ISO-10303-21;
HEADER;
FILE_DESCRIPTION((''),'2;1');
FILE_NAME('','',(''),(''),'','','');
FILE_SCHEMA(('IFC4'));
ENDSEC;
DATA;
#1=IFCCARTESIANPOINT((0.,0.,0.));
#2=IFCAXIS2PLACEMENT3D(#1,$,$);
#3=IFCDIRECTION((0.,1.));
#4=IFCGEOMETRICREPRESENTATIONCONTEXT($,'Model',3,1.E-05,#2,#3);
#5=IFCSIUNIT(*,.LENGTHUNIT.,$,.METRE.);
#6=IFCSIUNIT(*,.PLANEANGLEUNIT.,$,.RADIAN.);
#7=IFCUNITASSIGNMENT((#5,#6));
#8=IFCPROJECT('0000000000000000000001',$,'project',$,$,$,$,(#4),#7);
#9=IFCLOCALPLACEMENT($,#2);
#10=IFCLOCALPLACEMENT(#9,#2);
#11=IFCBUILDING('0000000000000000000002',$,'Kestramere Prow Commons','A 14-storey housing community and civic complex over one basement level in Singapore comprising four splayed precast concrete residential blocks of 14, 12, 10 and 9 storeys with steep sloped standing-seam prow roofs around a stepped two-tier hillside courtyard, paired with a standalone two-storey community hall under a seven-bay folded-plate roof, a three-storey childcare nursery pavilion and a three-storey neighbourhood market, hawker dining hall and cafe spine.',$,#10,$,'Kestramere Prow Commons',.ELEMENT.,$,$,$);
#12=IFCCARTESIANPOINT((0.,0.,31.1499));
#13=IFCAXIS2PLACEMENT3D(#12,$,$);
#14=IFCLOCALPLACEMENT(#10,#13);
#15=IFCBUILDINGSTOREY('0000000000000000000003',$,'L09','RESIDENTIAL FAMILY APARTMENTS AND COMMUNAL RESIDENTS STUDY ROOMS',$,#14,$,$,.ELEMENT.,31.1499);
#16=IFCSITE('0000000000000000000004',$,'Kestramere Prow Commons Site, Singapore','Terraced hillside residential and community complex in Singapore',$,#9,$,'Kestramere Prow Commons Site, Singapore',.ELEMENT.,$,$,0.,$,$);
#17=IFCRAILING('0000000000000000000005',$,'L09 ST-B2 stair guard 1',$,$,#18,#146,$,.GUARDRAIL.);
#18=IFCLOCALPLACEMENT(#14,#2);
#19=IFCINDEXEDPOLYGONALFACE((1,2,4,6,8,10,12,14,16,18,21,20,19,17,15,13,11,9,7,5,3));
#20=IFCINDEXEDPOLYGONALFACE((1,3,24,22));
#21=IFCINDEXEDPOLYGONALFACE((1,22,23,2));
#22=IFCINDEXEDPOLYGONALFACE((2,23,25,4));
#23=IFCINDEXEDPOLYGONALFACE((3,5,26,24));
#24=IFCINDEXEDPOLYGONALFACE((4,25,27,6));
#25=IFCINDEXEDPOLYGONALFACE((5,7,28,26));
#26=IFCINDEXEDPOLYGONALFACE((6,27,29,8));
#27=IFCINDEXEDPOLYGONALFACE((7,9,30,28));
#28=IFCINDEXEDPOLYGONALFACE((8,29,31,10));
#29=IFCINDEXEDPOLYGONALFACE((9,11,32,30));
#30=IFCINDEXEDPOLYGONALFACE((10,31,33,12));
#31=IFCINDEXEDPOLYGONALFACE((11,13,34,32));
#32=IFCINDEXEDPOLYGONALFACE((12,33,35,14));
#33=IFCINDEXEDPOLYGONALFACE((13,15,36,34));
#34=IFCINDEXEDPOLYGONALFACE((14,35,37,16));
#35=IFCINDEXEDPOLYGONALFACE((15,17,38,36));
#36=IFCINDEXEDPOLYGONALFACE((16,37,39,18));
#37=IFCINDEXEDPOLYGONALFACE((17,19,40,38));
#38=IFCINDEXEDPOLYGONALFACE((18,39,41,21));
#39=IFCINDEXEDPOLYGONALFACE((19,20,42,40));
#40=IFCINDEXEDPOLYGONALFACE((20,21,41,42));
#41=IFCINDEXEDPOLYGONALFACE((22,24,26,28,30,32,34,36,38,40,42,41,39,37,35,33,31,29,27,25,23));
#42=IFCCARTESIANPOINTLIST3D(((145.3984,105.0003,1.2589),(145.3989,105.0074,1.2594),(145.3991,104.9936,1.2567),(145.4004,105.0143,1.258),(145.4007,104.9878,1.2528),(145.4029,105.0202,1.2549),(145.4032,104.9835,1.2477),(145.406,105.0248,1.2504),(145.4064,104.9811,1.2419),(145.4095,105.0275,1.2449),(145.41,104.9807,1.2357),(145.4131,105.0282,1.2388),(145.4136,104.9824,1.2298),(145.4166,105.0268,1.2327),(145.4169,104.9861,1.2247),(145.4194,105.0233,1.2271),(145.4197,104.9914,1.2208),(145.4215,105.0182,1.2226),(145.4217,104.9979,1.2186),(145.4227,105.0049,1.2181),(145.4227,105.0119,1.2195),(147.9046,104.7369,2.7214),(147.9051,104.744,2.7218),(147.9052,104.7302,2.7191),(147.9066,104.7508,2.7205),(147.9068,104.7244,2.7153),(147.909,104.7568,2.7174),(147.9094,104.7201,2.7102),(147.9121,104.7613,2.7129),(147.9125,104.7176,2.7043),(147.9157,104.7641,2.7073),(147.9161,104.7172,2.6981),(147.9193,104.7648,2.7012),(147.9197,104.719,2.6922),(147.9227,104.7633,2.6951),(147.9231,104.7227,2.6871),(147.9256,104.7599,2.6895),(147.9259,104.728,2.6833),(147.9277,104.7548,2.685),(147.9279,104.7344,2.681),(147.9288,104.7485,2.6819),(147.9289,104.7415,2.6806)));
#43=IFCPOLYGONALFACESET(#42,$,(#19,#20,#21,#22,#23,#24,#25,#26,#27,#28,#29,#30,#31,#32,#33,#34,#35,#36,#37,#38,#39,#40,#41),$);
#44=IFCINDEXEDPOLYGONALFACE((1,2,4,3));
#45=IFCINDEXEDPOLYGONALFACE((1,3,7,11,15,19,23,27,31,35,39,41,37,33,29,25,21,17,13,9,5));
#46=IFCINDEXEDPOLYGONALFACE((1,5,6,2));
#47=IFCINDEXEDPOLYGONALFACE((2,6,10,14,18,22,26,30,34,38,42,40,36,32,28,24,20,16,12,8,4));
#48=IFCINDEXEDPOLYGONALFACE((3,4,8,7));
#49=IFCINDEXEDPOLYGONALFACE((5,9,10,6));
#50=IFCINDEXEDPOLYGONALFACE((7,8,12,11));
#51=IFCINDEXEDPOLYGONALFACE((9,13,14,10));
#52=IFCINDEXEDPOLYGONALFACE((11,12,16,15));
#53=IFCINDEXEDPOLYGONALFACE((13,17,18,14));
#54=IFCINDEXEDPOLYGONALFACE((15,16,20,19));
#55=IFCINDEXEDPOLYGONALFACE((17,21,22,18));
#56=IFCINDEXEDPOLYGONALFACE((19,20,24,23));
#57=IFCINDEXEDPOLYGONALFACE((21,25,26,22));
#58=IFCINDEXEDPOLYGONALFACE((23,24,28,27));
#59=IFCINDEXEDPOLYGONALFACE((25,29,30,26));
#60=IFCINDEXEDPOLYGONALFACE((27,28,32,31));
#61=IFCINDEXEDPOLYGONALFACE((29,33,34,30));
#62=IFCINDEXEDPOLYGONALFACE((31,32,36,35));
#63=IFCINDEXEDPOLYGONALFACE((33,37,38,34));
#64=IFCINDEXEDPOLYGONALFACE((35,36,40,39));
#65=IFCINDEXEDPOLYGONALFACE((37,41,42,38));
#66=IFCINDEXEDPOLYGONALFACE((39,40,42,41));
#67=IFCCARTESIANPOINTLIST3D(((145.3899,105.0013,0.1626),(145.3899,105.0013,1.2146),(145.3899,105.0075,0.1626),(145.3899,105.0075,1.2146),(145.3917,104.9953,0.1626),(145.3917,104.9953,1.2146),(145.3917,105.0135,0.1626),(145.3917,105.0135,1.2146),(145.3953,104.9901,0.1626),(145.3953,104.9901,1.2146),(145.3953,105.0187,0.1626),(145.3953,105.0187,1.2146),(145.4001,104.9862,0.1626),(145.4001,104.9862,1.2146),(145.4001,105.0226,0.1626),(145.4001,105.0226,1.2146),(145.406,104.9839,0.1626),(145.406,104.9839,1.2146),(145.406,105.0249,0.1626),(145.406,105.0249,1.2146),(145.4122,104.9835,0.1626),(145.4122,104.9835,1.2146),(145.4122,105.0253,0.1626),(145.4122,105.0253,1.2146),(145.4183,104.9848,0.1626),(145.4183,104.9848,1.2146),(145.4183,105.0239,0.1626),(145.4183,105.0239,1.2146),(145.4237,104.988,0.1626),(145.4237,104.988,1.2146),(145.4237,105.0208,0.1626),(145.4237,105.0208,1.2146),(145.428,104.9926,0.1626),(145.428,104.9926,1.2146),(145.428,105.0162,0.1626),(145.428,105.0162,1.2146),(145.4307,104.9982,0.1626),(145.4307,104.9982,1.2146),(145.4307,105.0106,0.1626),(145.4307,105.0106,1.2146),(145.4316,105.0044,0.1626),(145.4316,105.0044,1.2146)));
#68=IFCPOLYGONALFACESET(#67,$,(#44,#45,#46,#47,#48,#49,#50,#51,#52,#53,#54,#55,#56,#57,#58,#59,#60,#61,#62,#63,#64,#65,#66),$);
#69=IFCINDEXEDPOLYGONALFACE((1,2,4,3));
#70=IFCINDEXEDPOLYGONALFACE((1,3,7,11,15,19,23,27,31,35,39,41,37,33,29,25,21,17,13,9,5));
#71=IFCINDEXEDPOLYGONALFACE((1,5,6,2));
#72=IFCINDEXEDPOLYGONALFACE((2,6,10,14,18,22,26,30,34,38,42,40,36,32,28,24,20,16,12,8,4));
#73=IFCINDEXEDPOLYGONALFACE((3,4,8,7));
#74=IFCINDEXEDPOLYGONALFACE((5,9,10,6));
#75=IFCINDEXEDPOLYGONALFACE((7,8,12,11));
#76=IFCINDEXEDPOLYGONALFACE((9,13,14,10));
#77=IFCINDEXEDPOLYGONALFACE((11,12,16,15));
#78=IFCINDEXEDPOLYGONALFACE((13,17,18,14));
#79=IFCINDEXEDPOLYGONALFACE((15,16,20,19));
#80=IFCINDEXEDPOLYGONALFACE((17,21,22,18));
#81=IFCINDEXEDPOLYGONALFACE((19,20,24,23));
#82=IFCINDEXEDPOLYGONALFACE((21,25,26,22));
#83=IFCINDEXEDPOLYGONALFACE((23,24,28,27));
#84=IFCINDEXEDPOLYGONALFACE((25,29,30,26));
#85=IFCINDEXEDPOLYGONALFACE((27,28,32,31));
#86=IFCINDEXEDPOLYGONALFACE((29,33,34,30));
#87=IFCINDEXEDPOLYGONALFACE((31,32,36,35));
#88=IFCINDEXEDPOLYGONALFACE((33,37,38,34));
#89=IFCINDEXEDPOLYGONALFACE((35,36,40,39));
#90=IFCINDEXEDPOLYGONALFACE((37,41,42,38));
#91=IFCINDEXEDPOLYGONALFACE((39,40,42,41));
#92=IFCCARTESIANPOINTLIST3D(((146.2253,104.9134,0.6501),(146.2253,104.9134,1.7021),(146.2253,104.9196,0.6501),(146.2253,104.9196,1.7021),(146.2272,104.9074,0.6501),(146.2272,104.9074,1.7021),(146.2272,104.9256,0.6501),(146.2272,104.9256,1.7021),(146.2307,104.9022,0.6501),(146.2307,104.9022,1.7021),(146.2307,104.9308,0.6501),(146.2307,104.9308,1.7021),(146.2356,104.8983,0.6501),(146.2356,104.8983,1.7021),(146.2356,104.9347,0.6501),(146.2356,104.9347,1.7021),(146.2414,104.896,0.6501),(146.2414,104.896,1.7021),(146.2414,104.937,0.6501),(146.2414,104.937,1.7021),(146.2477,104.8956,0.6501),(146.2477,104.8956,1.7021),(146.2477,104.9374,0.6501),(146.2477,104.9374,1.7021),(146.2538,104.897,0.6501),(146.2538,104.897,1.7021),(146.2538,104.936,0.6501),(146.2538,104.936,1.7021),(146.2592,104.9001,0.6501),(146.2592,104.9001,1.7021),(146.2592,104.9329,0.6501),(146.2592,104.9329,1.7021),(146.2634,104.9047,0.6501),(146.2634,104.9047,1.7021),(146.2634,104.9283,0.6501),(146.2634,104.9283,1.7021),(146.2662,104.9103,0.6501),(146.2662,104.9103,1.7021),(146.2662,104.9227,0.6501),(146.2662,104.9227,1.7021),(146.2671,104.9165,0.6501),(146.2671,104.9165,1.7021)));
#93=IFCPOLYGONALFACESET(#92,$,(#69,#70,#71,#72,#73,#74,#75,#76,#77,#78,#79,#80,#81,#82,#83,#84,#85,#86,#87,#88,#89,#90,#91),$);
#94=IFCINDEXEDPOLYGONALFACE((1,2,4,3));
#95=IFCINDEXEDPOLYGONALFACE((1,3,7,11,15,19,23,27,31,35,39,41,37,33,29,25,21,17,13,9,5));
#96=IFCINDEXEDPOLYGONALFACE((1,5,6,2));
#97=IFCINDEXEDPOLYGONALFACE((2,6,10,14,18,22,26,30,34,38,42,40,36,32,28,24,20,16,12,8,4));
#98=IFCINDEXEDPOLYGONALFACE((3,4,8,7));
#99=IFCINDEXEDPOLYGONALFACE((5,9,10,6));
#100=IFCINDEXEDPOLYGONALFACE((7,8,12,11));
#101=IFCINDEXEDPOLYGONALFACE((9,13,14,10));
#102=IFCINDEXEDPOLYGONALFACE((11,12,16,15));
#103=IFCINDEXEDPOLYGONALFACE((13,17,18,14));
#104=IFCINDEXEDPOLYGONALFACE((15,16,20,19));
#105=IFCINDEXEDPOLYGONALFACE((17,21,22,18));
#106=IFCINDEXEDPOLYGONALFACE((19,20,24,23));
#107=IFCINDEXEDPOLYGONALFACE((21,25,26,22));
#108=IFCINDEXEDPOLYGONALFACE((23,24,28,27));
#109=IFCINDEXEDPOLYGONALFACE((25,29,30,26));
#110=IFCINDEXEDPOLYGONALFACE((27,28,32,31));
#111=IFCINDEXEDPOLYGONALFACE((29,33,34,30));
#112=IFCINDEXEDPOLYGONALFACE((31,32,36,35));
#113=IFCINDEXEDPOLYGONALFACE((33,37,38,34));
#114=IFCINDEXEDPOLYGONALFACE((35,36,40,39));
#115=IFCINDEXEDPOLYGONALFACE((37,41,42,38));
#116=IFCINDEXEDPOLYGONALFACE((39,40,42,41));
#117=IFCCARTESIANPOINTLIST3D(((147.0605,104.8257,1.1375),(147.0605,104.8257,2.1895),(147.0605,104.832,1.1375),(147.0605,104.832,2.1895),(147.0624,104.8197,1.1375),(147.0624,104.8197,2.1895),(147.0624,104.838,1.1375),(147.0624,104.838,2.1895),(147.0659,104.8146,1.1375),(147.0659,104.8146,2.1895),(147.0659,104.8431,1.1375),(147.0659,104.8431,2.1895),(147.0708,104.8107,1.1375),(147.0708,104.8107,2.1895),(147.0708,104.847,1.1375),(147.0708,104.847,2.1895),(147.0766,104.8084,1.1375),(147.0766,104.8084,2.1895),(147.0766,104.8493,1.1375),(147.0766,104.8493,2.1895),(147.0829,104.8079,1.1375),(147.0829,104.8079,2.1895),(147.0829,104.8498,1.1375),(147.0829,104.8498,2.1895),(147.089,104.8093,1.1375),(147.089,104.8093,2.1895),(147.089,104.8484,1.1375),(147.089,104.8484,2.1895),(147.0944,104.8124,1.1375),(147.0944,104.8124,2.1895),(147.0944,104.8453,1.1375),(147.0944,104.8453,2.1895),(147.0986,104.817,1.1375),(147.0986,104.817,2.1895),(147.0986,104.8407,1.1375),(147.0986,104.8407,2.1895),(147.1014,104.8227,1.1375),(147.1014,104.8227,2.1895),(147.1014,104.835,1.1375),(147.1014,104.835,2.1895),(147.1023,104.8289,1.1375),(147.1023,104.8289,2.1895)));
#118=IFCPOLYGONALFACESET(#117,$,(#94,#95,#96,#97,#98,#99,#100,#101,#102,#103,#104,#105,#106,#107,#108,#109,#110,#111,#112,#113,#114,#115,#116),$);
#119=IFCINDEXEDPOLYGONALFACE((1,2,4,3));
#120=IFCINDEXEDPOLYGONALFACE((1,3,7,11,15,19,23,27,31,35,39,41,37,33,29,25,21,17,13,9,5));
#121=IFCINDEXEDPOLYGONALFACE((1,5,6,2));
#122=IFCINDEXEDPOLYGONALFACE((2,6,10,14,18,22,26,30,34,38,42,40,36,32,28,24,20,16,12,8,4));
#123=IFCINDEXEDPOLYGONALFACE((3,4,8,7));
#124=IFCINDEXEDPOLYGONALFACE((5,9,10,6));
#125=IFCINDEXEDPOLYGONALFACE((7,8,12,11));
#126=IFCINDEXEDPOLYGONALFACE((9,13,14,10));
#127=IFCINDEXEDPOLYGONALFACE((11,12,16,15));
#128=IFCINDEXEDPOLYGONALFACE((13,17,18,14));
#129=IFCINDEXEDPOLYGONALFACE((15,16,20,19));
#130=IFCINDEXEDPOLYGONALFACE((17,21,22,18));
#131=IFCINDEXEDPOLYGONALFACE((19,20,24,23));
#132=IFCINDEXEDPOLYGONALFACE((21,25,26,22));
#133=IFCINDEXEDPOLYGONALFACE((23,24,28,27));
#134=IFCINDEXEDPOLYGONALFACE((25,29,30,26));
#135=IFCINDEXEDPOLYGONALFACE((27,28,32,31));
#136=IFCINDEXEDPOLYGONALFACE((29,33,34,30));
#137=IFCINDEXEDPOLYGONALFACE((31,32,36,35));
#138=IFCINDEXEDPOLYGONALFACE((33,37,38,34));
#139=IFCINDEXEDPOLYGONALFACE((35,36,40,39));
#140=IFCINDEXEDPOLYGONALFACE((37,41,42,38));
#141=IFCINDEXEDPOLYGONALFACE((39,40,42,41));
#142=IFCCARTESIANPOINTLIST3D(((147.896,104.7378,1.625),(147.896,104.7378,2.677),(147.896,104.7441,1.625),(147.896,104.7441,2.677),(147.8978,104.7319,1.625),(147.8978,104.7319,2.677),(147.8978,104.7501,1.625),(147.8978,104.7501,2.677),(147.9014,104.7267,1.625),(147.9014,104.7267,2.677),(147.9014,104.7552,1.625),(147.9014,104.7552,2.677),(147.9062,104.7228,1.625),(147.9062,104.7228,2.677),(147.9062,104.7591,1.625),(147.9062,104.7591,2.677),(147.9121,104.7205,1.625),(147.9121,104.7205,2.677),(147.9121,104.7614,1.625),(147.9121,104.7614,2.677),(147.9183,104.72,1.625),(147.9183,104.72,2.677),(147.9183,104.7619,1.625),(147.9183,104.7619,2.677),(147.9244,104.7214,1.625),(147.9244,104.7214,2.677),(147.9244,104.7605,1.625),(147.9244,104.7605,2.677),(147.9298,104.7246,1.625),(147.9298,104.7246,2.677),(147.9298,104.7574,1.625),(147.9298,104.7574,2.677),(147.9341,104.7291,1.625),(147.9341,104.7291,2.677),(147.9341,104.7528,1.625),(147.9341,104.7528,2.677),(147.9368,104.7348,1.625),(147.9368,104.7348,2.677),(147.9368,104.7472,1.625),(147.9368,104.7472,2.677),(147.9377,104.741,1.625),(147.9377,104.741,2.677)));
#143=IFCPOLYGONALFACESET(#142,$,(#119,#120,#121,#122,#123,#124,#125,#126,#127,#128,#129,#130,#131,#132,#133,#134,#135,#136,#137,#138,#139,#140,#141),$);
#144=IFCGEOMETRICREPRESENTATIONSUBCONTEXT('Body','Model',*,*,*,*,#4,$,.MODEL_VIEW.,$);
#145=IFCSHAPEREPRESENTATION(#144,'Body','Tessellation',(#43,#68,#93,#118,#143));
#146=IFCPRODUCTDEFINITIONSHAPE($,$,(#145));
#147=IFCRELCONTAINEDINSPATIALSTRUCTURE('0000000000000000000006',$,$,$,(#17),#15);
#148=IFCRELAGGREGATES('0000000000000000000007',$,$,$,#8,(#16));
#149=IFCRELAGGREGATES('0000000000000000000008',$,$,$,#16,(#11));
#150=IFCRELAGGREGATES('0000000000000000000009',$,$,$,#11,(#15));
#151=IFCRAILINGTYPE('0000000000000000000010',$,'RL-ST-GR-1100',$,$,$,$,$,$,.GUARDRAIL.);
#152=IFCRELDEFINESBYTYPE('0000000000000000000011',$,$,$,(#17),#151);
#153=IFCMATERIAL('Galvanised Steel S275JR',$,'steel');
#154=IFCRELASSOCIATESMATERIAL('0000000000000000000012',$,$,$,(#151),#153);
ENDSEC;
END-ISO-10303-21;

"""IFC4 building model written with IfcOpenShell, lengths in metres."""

from ifc_helpers import new_model, si_unit, direction, frame, origin, origin_2d, place, context, subcontext, project, spatial, circle, extrude, material, type_object, element, save


model = new_model("IFC4")

# Units and contexts
model_context = context("Model", 3, precision=1e-05, world=origin(), true_north=direction((0.0, 1.0)))
body_context = subcontext(model_context, "Body", "Model", "MODEL_VIEW")
ifc_project = project(units=[si_unit("LENGTHUNIT", "METRE"), si_unit("PLANEANGLEUNIT", "RADIAN")], contexts=[model_context])

# Site, building, storey
site_placement = place(None, origin())
site = spatial("IfcSite", under=ifc_project, at=site_placement, Name="Kestramere Prow Commons Site, Singapore", Description="Terraced hillside residential and community complex in Singapore", LongName="Kestramere Prow Commons Site, Singapore", CompositionType="ELEMENT", RefElevation=0.0)
building_placement = place(site_placement, origin())
building = spatial("IfcBuilding", under=site, at=building_placement, Name="Kestramere Prow Commons", Description="A 14-storey housing community and civic complex over one basement level in Singapore comprising four splayed precast concrete residential blocks of 14, 12, 10 and 9 storeys with steep sloped standing-seam prow roofs around a stepped two-tier hillside courtyard, paired with a standalone two-storey community hall under a seven-bay folded-plate roof, a three-storey childcare nursery pavilion and a three-storey neighbourhood market, hawker dining hall and cafe spine.", LongName="Kestramere Prow Commons", CompositionType="ELEMENT")
storey_placement = place(building_placement, frame((0.0, 0.0, 31.1499)))
storey = spatial("IfcBuildingStorey", under=building, at=storey_placement, Name="L09", Description="RESIDENTIAL FAMILY APARTMENTS AND COMMUNAL RESIDENTS STUDY ROOMS", CompositionType="ELEMENT", Elevation=31.1499)

# Railing
ifc_material_1 = material(Name="Galvanised Steel S275JR", Category="steel")
railing_type_1 = type_object("IfcRailingType", Name="RL-ST-GR-1100", PredefinedType="GUARDRAIL", material=ifc_material_1)
railing_1_placement = place(storey_placement, frame((145.4106, 105.0044, 0.1626)))
element("IfcRailing", 1, at=railing_1_placement, inside=storey, type_object=railing_type_1, Name="L09 ST-B2 stair guard 1", PredefinedType="GUARDRAIL", context=body_context, shape_type="SweptSolid", body=[
    extrude(circle(Radius=0.0239, at=origin_2d()), frame((0.0, 0.0, 1.0762), z_axis=(0.860165, -0.090416, 0.501937), x_axis=(0.104539, 0.994521, 0.0)), (0.0, 0.0, 1.0), 2.9136),
    extrude(circle(Radius=0.021, at=origin_2d()), origin(), (0.0, 0.0, 1.0), 1.052),
    extrude(circle(Radius=0.021, at=origin_2d()), frame((0.8354, -0.0879, 0.4875)), (0.0, 0.0, 1.0), 1.052),
    extrude(circle(Radius=0.021, at=origin_2d()), frame((1.6707, -0.1755, 0.9749)), (0.0, 0.0, 1.0), 1.052),
    extrude(circle(Radius=0.021, at=origin_2d()), frame((2.5061, -0.2634, 1.4624)), (0.0, 0.0, 1.0), 1.052),
])

save(model, "model.ifc")
